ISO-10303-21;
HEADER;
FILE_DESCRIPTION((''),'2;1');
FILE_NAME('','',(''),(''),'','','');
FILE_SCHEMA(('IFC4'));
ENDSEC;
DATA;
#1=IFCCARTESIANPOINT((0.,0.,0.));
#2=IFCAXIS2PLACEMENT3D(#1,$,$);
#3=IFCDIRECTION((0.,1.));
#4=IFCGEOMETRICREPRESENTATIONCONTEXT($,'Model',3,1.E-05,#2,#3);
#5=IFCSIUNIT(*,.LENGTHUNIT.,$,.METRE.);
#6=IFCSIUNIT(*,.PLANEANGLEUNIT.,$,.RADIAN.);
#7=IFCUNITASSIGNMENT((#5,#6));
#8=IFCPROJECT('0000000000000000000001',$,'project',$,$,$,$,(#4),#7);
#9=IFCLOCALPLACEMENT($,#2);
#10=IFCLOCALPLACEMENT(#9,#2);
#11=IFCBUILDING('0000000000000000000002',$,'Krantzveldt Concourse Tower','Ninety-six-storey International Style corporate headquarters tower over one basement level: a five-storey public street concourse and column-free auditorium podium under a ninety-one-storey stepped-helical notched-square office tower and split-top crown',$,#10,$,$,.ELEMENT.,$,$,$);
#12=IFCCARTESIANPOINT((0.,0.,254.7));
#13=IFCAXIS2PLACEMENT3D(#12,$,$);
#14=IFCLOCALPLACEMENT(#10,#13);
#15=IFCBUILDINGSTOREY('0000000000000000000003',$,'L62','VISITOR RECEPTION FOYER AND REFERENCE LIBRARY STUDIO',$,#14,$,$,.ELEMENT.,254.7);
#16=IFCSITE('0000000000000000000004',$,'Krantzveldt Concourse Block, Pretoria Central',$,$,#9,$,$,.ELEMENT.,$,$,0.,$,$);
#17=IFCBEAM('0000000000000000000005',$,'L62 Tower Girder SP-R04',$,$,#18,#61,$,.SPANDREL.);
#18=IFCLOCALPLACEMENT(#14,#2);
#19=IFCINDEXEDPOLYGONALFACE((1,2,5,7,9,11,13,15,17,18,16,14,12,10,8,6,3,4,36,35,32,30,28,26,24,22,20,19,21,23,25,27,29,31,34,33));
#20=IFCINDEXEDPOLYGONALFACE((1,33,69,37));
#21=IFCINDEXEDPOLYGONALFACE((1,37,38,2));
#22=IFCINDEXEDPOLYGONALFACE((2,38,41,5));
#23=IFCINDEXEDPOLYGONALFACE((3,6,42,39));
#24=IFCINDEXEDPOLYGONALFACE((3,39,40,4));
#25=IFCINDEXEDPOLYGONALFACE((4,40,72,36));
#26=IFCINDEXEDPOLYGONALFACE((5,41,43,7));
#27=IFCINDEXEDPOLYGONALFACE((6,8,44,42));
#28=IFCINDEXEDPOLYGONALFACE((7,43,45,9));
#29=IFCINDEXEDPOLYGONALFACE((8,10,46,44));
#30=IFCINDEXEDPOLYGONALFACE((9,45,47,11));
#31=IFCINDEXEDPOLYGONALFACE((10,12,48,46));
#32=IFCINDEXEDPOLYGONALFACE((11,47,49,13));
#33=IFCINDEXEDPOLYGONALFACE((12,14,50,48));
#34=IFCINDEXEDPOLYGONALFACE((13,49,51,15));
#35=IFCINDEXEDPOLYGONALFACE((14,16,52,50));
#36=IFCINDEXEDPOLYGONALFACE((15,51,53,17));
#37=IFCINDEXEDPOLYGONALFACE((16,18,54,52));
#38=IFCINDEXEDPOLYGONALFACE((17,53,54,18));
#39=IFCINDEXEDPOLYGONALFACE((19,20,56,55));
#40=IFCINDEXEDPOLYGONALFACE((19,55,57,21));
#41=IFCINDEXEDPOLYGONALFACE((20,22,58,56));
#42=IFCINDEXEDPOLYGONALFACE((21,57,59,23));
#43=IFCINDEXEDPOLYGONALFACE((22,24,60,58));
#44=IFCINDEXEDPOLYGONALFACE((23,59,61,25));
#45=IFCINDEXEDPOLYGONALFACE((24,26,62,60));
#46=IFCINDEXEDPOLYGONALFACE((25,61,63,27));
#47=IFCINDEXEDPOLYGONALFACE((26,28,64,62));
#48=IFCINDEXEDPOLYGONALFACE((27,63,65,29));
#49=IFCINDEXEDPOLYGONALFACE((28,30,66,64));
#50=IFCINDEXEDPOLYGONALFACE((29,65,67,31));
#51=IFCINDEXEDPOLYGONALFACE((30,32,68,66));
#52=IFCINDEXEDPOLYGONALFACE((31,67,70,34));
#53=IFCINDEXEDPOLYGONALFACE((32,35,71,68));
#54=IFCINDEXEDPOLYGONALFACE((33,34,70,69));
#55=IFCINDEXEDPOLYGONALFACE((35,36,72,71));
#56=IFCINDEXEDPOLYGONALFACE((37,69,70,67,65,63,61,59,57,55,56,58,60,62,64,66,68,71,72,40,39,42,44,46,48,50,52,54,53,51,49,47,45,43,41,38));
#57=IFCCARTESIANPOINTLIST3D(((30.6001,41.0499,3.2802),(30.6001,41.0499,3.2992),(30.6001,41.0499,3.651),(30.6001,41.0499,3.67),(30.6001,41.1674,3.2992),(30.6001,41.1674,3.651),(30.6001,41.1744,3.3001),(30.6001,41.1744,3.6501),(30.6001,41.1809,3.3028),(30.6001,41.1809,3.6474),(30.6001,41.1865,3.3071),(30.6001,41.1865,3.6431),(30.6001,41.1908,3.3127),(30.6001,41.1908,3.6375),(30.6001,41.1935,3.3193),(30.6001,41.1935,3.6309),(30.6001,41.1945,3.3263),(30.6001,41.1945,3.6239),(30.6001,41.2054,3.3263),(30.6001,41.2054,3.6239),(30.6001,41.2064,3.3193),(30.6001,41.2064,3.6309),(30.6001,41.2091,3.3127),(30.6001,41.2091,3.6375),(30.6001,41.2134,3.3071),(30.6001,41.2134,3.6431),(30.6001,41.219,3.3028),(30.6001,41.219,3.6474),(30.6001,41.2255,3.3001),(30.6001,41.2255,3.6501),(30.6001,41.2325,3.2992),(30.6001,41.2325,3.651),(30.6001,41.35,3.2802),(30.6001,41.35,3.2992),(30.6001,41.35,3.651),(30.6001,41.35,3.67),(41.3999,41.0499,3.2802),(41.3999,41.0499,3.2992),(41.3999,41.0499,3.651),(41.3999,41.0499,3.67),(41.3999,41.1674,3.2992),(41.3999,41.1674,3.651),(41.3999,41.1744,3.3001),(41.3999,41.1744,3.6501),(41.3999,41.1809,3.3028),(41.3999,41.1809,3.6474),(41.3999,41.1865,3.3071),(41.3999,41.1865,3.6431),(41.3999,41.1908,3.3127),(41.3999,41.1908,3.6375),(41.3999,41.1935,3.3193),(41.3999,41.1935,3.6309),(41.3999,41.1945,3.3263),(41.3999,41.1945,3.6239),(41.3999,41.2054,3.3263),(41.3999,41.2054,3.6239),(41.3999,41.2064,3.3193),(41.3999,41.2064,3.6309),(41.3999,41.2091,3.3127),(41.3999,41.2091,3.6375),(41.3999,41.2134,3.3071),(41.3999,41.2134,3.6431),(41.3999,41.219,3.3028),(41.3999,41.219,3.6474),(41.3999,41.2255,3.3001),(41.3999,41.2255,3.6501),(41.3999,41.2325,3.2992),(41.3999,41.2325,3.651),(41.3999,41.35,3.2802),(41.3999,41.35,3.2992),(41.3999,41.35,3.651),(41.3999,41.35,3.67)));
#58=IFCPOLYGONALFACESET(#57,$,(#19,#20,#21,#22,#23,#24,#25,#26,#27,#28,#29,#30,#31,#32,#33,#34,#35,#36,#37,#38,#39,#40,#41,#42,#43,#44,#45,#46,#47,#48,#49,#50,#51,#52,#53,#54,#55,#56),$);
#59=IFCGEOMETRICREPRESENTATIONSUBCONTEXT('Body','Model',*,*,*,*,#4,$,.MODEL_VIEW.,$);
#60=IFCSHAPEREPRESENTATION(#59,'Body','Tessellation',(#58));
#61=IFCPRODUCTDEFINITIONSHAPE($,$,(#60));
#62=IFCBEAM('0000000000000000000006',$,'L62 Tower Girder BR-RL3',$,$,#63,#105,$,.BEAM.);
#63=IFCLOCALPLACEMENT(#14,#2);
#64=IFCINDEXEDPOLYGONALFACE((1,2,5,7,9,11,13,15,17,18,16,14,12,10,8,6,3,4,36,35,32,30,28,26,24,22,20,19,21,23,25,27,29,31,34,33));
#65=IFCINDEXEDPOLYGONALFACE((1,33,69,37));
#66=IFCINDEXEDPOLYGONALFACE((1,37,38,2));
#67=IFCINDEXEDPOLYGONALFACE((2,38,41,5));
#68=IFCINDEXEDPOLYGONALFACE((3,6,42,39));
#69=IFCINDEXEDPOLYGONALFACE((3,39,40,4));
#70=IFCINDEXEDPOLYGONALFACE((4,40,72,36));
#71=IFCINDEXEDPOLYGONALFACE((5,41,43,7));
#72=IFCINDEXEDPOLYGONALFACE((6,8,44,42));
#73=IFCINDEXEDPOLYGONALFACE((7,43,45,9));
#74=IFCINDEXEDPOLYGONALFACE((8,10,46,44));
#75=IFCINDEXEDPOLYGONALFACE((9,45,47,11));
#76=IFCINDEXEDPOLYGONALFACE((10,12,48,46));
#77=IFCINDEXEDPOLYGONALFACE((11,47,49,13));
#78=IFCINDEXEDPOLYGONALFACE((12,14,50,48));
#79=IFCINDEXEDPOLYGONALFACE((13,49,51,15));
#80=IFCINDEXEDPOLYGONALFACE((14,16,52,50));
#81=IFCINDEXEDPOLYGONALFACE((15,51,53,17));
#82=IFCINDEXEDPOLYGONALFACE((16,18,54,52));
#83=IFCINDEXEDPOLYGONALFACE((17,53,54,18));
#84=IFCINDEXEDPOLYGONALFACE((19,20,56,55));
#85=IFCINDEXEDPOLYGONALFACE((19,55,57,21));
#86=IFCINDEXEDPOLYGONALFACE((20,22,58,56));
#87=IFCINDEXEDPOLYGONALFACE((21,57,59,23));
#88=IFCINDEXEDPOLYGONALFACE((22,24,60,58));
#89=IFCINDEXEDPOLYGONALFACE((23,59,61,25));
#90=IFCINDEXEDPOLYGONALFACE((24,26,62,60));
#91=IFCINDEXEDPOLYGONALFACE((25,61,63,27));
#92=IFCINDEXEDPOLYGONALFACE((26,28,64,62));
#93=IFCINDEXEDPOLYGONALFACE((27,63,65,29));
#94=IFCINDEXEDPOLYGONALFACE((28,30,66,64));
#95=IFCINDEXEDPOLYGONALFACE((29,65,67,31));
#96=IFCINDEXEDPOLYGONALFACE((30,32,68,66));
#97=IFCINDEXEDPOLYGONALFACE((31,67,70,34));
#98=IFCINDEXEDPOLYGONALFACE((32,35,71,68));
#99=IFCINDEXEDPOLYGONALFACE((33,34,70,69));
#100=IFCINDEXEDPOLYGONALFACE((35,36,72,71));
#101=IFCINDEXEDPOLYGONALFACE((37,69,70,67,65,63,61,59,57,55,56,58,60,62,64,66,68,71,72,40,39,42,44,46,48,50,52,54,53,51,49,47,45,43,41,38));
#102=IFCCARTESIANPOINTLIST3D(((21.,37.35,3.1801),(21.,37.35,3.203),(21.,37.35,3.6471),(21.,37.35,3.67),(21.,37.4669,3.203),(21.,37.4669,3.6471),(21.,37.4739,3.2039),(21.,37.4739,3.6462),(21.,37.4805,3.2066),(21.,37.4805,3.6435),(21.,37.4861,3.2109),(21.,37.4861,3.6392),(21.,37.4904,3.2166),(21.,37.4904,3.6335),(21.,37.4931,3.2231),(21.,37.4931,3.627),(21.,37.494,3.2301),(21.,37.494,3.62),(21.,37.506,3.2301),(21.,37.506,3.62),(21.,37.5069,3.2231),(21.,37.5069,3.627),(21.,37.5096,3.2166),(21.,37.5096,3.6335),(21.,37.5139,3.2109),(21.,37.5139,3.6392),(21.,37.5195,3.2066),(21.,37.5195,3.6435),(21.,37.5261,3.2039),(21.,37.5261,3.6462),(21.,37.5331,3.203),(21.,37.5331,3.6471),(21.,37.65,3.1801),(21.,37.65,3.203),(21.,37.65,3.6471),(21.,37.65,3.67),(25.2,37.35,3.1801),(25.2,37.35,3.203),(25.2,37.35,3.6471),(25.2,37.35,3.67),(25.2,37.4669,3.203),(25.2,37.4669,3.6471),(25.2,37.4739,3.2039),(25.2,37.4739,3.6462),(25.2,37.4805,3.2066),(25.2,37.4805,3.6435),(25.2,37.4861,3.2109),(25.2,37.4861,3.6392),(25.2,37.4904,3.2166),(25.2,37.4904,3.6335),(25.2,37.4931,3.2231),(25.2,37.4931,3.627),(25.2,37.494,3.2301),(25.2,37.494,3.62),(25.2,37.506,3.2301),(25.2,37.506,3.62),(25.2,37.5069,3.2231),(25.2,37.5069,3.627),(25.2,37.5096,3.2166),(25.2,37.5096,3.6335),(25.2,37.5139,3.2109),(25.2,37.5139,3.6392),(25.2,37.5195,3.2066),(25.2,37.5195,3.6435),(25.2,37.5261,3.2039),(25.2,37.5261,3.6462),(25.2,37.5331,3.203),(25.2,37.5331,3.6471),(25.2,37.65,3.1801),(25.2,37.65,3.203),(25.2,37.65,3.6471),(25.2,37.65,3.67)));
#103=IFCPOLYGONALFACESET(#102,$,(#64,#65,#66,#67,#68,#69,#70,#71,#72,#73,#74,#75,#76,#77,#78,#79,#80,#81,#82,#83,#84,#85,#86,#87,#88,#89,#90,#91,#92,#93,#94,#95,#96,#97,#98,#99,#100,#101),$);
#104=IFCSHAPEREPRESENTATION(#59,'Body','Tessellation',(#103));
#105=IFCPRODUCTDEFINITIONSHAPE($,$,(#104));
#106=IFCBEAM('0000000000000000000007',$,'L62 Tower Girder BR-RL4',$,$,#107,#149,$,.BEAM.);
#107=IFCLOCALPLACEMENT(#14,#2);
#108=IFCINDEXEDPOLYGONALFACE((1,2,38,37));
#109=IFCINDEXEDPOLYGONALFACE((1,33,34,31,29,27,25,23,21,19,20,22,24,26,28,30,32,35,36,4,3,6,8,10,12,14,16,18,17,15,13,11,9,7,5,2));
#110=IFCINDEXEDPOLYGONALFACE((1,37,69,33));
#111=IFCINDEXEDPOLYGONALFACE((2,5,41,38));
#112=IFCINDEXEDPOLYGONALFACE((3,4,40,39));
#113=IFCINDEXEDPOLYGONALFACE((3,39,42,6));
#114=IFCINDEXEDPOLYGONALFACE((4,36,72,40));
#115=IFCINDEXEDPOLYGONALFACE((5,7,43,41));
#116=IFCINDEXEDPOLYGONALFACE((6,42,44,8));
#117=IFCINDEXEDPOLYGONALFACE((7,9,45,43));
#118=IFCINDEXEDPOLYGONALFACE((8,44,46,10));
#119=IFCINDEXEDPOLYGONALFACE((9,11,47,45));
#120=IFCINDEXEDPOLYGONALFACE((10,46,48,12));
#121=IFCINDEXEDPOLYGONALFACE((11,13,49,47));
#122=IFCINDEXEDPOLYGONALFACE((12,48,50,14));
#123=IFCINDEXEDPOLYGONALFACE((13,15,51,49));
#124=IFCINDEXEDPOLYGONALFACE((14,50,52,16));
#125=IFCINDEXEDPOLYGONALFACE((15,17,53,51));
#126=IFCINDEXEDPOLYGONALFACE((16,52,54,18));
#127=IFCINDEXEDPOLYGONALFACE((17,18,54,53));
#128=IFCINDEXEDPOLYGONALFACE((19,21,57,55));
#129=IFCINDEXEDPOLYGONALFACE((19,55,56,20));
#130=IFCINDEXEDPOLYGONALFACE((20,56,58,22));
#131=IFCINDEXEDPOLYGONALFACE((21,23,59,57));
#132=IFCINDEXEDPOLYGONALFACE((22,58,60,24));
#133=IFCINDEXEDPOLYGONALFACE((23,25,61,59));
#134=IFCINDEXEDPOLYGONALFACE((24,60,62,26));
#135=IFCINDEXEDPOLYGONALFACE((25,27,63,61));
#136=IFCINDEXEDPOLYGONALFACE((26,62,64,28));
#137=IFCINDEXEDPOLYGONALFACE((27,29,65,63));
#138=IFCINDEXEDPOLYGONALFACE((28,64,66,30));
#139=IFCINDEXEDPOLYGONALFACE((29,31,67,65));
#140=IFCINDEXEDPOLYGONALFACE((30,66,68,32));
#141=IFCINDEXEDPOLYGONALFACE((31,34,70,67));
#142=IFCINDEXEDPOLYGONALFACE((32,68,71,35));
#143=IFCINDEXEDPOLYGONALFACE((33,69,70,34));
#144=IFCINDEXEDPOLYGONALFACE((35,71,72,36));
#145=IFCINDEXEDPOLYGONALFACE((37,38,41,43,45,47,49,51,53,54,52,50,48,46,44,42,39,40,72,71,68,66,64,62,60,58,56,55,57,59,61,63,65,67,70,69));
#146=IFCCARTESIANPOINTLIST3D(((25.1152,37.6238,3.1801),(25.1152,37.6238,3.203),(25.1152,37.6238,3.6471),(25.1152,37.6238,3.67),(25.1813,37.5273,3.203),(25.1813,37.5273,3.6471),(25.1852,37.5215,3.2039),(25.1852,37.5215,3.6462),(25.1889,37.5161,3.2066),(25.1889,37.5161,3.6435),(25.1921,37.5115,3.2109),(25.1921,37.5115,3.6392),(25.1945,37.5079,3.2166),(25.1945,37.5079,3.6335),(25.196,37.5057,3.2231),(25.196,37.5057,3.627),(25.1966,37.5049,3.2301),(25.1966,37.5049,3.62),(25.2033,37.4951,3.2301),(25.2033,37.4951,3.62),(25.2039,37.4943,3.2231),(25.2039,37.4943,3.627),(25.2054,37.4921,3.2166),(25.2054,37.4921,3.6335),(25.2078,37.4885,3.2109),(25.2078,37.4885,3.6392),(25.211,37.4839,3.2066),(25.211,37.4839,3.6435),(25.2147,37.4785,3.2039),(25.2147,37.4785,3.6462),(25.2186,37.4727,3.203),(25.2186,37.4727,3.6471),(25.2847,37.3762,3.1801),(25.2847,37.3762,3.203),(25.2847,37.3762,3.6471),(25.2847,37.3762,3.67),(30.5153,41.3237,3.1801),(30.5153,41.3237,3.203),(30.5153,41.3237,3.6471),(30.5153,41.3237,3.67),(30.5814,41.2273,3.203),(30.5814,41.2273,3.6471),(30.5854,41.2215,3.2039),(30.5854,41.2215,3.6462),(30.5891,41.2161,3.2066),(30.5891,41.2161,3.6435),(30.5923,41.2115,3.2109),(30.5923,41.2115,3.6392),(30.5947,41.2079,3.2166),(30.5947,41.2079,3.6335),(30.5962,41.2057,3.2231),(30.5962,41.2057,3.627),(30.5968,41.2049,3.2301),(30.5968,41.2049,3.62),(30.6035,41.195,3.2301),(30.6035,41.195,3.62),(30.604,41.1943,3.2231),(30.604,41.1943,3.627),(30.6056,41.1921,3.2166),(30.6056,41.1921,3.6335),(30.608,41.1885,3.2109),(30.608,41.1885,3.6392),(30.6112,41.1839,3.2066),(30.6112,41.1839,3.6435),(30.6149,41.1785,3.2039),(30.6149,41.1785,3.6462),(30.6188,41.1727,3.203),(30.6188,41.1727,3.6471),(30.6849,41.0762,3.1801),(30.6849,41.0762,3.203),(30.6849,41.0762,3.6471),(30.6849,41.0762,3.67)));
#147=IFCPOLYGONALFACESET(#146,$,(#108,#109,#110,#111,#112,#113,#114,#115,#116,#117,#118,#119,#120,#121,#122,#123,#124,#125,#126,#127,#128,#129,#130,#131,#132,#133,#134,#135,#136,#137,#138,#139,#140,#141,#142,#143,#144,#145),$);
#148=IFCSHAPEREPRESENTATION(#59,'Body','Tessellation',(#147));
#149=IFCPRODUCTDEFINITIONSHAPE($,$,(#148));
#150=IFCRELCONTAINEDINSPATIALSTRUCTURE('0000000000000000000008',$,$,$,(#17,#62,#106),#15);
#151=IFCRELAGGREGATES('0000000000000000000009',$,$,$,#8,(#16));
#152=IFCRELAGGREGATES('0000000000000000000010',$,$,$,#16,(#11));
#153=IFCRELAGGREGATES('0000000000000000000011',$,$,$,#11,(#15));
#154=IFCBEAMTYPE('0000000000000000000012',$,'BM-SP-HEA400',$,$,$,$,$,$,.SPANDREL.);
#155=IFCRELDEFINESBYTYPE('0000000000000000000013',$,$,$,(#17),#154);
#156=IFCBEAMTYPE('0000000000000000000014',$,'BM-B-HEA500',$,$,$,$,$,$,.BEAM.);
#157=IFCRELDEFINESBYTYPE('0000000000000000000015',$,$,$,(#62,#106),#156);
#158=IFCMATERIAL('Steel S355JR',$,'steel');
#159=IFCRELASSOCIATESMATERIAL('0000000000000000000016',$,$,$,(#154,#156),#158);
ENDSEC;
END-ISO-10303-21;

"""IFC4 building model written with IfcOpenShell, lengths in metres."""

from ifc_helpers import new_model, si_unit, direction, frame, origin, origin_2d, place, context, subcontext, project, spatial, i_section, extrude, source, transform, mapped, material, material_profile, profile_set, type_object, type_shapes, element, save


model = new_model("IFC4")

# Units and contexts
model_context = context("Model", 3, precision=1e-05, world=origin(), true_north=direction((0.0, 1.0)))
body_context = subcontext(model_context, "Body", "Model", "MODEL_VIEW")
ifc_project = project(units=[si_unit("LENGTHUNIT", "METRE"), si_unit("PLANEANGLEUNIT", "RADIAN")], contexts=[model_context])

# Site, building, storey
site_placement = place(None, origin())
site = spatial("IfcSite", under=ifc_project, at=site_placement, Name="Krantzveldt Concourse Block, Pretoria Central", CompositionType="ELEMENT", RefElevation=0.0)
building_placement = place(site_placement, origin())
building = spatial("IfcBuilding", under=site, at=building_placement, Name="Krantzveldt Concourse Tower", Description="Ninety-six-storey International Style corporate headquarters tower over one basement level: a five-storey public street concourse and column-free auditorium podium under a ninety-one-storey stepped-helical notched-square office tower and split-top crown", CompositionType="ELEMENT")
storey_placement = place(building_placement, frame((0.0, 0.0, 254.7)))
storey = spatial("IfcBuildingStorey", under=building, at=storey_placement, Name="L62", Description="VISITOR RECEPTION FOYER AND REFERENCE LIBRARY STUDIO", CompositionType="ELEMENT", Elevation=254.7)

# Beams
ifc_material_1 = material(Name="Steel S355JR", Category="steel")
ifc_material_profile_1 = material_profile(ifc_material_1, i_section(OverallWidth=0.3, OverallDepth=0.3899, WebThickness=0.011, FlangeThickness=0.019, FilletRadius=0.0271, at=origin_2d()), Name="Steel S355JR", Category="steel")
ifc_profile_set_1 = profile_set([ifc_material_profile_1], Name="Steel S355JR - HEA 400")
beam_type_1 = type_object("IfcBeamType", Name="BM-SP-HEA400", PredefinedType="SPANDREL", material=ifc_profile_set_1)
shared_shape_1 = source(origin(), body_context, "Body", "SweptSolid", [
    extrude(i_section(OverallWidth=0.3, OverallDepth=0.3899, WebThickness=0.011, FlangeThickness=0.019, FilletRadius=0.0271, at=origin_2d()), origin(), (0.0, 0.0, 1.0), 10.7998),
])
beam_1_placement = place(storey_placement, frame((30.6001, 41.2, 3.4751), z_axis=(1.0, 0.0, 0.0), x_axis=(0.0, 1.0, 0.0)))
element("IfcBeam", 1, at=beam_1_placement, inside=storey, type_object=beam_type_1, Name="L62 Tower Girder SP-R04", PredefinedType="SPANDREL", context=body_context, shape_type="MappedRepresentation", body=[
    mapped(shared_shape_1, transform((0.0, 0.0, 0.0), x_axis=(1.0, 0.0, 0.0), y_axis=(0.0, 1.0, 0.0), z_axis=(0.0, 0.0, 1.0), scale=1.0)),
])
ifc_material_profile_2 = material_profile(ifc_material_1, i_section(OverallWidth=0.3, OverallDepth=0.49, WebThickness=0.012, FlangeThickness=0.0229, FilletRadius=0.0271, at=origin_2d()), Name="Steel S355JR", Category="steel")
ifc_profile_set_2 = profile_set([ifc_material_profile_2], Name="Steel S355JR - HEA 500")
beam_type_2 = type_object("IfcBeamType", Name="BM-B-HEA500", PredefinedType="BEAM", material=ifc_profile_set_2)
shared_shape_2 = source(origin(), body_context, "Body", "SweptSolid", [
    extrude(i_section(OverallWidth=0.3, OverallDepth=0.49, WebThickness=0.012, FlangeThickness=0.0229, FilletRadius=0.0271, at=origin_2d()), origin(), (0.0, 0.0, 1.0), 4.2),
])
beam_2_placement = place(storey_placement, frame((21.0, 37.5, 3.425), z_axis=(1.0, 0.0, 0.0), x_axis=(0.0, 1.0, 0.0)))
element("IfcBeam", 2, at=beam_2_placement, inside=storey, type_object=beam_type_2, Name="L62 Tower Girder BR-RL3", PredefinedType="BEAM", context=body_context, shape_type="MappedRepresentation", body=[
    mapped(shared_shape_2, transform((0.0, 0.0, 0.0), x_axis=(1.0, 0.0, 0.0), y_axis=(0.0, 1.0, 0.0), z_axis=(0.0, 0.0, 1.0), scale=1.0)),
])
shared_shape_3 = source(origin(), body_context, "Body", "SweptSolid", [
    extrude(i_section(OverallWidth=0.3, OverallDepth=0.49, WebThickness=0.012, FlangeThickness=0.0229, FilletRadius=0.0271, at=origin_2d()), origin(), (0.0, 0.0, 1.0), 6.5461),
])
type_shapes(beam_type_2, [shared_shape_2, shared_shape_3])
beam_3_placement = place(storey_placement, frame((25.2, 37.5, 3.425), z_axis=(0.824943, 0.565216, 0.0), x_axis=(-0.565216, 0.824943, 0.0)))
element("IfcBeam", 3, at=beam_3_placement, inside=storey, type_object=beam_type_2, Name="L62 Tower Girder BR-RL4", PredefinedType="BEAM", context=body_context, shape_type="MappedRepresentation", body=[
    mapped(shared_shape_3, transform((0.0, 0.0, 0.0), x_axis=(1.0, 0.0, 0.0), y_axis=(0.0, 1.0, 0.0), z_axis=(0.0, 0.0, 1.0), scale=1.0)),
])

save(model, "model.ifc")
